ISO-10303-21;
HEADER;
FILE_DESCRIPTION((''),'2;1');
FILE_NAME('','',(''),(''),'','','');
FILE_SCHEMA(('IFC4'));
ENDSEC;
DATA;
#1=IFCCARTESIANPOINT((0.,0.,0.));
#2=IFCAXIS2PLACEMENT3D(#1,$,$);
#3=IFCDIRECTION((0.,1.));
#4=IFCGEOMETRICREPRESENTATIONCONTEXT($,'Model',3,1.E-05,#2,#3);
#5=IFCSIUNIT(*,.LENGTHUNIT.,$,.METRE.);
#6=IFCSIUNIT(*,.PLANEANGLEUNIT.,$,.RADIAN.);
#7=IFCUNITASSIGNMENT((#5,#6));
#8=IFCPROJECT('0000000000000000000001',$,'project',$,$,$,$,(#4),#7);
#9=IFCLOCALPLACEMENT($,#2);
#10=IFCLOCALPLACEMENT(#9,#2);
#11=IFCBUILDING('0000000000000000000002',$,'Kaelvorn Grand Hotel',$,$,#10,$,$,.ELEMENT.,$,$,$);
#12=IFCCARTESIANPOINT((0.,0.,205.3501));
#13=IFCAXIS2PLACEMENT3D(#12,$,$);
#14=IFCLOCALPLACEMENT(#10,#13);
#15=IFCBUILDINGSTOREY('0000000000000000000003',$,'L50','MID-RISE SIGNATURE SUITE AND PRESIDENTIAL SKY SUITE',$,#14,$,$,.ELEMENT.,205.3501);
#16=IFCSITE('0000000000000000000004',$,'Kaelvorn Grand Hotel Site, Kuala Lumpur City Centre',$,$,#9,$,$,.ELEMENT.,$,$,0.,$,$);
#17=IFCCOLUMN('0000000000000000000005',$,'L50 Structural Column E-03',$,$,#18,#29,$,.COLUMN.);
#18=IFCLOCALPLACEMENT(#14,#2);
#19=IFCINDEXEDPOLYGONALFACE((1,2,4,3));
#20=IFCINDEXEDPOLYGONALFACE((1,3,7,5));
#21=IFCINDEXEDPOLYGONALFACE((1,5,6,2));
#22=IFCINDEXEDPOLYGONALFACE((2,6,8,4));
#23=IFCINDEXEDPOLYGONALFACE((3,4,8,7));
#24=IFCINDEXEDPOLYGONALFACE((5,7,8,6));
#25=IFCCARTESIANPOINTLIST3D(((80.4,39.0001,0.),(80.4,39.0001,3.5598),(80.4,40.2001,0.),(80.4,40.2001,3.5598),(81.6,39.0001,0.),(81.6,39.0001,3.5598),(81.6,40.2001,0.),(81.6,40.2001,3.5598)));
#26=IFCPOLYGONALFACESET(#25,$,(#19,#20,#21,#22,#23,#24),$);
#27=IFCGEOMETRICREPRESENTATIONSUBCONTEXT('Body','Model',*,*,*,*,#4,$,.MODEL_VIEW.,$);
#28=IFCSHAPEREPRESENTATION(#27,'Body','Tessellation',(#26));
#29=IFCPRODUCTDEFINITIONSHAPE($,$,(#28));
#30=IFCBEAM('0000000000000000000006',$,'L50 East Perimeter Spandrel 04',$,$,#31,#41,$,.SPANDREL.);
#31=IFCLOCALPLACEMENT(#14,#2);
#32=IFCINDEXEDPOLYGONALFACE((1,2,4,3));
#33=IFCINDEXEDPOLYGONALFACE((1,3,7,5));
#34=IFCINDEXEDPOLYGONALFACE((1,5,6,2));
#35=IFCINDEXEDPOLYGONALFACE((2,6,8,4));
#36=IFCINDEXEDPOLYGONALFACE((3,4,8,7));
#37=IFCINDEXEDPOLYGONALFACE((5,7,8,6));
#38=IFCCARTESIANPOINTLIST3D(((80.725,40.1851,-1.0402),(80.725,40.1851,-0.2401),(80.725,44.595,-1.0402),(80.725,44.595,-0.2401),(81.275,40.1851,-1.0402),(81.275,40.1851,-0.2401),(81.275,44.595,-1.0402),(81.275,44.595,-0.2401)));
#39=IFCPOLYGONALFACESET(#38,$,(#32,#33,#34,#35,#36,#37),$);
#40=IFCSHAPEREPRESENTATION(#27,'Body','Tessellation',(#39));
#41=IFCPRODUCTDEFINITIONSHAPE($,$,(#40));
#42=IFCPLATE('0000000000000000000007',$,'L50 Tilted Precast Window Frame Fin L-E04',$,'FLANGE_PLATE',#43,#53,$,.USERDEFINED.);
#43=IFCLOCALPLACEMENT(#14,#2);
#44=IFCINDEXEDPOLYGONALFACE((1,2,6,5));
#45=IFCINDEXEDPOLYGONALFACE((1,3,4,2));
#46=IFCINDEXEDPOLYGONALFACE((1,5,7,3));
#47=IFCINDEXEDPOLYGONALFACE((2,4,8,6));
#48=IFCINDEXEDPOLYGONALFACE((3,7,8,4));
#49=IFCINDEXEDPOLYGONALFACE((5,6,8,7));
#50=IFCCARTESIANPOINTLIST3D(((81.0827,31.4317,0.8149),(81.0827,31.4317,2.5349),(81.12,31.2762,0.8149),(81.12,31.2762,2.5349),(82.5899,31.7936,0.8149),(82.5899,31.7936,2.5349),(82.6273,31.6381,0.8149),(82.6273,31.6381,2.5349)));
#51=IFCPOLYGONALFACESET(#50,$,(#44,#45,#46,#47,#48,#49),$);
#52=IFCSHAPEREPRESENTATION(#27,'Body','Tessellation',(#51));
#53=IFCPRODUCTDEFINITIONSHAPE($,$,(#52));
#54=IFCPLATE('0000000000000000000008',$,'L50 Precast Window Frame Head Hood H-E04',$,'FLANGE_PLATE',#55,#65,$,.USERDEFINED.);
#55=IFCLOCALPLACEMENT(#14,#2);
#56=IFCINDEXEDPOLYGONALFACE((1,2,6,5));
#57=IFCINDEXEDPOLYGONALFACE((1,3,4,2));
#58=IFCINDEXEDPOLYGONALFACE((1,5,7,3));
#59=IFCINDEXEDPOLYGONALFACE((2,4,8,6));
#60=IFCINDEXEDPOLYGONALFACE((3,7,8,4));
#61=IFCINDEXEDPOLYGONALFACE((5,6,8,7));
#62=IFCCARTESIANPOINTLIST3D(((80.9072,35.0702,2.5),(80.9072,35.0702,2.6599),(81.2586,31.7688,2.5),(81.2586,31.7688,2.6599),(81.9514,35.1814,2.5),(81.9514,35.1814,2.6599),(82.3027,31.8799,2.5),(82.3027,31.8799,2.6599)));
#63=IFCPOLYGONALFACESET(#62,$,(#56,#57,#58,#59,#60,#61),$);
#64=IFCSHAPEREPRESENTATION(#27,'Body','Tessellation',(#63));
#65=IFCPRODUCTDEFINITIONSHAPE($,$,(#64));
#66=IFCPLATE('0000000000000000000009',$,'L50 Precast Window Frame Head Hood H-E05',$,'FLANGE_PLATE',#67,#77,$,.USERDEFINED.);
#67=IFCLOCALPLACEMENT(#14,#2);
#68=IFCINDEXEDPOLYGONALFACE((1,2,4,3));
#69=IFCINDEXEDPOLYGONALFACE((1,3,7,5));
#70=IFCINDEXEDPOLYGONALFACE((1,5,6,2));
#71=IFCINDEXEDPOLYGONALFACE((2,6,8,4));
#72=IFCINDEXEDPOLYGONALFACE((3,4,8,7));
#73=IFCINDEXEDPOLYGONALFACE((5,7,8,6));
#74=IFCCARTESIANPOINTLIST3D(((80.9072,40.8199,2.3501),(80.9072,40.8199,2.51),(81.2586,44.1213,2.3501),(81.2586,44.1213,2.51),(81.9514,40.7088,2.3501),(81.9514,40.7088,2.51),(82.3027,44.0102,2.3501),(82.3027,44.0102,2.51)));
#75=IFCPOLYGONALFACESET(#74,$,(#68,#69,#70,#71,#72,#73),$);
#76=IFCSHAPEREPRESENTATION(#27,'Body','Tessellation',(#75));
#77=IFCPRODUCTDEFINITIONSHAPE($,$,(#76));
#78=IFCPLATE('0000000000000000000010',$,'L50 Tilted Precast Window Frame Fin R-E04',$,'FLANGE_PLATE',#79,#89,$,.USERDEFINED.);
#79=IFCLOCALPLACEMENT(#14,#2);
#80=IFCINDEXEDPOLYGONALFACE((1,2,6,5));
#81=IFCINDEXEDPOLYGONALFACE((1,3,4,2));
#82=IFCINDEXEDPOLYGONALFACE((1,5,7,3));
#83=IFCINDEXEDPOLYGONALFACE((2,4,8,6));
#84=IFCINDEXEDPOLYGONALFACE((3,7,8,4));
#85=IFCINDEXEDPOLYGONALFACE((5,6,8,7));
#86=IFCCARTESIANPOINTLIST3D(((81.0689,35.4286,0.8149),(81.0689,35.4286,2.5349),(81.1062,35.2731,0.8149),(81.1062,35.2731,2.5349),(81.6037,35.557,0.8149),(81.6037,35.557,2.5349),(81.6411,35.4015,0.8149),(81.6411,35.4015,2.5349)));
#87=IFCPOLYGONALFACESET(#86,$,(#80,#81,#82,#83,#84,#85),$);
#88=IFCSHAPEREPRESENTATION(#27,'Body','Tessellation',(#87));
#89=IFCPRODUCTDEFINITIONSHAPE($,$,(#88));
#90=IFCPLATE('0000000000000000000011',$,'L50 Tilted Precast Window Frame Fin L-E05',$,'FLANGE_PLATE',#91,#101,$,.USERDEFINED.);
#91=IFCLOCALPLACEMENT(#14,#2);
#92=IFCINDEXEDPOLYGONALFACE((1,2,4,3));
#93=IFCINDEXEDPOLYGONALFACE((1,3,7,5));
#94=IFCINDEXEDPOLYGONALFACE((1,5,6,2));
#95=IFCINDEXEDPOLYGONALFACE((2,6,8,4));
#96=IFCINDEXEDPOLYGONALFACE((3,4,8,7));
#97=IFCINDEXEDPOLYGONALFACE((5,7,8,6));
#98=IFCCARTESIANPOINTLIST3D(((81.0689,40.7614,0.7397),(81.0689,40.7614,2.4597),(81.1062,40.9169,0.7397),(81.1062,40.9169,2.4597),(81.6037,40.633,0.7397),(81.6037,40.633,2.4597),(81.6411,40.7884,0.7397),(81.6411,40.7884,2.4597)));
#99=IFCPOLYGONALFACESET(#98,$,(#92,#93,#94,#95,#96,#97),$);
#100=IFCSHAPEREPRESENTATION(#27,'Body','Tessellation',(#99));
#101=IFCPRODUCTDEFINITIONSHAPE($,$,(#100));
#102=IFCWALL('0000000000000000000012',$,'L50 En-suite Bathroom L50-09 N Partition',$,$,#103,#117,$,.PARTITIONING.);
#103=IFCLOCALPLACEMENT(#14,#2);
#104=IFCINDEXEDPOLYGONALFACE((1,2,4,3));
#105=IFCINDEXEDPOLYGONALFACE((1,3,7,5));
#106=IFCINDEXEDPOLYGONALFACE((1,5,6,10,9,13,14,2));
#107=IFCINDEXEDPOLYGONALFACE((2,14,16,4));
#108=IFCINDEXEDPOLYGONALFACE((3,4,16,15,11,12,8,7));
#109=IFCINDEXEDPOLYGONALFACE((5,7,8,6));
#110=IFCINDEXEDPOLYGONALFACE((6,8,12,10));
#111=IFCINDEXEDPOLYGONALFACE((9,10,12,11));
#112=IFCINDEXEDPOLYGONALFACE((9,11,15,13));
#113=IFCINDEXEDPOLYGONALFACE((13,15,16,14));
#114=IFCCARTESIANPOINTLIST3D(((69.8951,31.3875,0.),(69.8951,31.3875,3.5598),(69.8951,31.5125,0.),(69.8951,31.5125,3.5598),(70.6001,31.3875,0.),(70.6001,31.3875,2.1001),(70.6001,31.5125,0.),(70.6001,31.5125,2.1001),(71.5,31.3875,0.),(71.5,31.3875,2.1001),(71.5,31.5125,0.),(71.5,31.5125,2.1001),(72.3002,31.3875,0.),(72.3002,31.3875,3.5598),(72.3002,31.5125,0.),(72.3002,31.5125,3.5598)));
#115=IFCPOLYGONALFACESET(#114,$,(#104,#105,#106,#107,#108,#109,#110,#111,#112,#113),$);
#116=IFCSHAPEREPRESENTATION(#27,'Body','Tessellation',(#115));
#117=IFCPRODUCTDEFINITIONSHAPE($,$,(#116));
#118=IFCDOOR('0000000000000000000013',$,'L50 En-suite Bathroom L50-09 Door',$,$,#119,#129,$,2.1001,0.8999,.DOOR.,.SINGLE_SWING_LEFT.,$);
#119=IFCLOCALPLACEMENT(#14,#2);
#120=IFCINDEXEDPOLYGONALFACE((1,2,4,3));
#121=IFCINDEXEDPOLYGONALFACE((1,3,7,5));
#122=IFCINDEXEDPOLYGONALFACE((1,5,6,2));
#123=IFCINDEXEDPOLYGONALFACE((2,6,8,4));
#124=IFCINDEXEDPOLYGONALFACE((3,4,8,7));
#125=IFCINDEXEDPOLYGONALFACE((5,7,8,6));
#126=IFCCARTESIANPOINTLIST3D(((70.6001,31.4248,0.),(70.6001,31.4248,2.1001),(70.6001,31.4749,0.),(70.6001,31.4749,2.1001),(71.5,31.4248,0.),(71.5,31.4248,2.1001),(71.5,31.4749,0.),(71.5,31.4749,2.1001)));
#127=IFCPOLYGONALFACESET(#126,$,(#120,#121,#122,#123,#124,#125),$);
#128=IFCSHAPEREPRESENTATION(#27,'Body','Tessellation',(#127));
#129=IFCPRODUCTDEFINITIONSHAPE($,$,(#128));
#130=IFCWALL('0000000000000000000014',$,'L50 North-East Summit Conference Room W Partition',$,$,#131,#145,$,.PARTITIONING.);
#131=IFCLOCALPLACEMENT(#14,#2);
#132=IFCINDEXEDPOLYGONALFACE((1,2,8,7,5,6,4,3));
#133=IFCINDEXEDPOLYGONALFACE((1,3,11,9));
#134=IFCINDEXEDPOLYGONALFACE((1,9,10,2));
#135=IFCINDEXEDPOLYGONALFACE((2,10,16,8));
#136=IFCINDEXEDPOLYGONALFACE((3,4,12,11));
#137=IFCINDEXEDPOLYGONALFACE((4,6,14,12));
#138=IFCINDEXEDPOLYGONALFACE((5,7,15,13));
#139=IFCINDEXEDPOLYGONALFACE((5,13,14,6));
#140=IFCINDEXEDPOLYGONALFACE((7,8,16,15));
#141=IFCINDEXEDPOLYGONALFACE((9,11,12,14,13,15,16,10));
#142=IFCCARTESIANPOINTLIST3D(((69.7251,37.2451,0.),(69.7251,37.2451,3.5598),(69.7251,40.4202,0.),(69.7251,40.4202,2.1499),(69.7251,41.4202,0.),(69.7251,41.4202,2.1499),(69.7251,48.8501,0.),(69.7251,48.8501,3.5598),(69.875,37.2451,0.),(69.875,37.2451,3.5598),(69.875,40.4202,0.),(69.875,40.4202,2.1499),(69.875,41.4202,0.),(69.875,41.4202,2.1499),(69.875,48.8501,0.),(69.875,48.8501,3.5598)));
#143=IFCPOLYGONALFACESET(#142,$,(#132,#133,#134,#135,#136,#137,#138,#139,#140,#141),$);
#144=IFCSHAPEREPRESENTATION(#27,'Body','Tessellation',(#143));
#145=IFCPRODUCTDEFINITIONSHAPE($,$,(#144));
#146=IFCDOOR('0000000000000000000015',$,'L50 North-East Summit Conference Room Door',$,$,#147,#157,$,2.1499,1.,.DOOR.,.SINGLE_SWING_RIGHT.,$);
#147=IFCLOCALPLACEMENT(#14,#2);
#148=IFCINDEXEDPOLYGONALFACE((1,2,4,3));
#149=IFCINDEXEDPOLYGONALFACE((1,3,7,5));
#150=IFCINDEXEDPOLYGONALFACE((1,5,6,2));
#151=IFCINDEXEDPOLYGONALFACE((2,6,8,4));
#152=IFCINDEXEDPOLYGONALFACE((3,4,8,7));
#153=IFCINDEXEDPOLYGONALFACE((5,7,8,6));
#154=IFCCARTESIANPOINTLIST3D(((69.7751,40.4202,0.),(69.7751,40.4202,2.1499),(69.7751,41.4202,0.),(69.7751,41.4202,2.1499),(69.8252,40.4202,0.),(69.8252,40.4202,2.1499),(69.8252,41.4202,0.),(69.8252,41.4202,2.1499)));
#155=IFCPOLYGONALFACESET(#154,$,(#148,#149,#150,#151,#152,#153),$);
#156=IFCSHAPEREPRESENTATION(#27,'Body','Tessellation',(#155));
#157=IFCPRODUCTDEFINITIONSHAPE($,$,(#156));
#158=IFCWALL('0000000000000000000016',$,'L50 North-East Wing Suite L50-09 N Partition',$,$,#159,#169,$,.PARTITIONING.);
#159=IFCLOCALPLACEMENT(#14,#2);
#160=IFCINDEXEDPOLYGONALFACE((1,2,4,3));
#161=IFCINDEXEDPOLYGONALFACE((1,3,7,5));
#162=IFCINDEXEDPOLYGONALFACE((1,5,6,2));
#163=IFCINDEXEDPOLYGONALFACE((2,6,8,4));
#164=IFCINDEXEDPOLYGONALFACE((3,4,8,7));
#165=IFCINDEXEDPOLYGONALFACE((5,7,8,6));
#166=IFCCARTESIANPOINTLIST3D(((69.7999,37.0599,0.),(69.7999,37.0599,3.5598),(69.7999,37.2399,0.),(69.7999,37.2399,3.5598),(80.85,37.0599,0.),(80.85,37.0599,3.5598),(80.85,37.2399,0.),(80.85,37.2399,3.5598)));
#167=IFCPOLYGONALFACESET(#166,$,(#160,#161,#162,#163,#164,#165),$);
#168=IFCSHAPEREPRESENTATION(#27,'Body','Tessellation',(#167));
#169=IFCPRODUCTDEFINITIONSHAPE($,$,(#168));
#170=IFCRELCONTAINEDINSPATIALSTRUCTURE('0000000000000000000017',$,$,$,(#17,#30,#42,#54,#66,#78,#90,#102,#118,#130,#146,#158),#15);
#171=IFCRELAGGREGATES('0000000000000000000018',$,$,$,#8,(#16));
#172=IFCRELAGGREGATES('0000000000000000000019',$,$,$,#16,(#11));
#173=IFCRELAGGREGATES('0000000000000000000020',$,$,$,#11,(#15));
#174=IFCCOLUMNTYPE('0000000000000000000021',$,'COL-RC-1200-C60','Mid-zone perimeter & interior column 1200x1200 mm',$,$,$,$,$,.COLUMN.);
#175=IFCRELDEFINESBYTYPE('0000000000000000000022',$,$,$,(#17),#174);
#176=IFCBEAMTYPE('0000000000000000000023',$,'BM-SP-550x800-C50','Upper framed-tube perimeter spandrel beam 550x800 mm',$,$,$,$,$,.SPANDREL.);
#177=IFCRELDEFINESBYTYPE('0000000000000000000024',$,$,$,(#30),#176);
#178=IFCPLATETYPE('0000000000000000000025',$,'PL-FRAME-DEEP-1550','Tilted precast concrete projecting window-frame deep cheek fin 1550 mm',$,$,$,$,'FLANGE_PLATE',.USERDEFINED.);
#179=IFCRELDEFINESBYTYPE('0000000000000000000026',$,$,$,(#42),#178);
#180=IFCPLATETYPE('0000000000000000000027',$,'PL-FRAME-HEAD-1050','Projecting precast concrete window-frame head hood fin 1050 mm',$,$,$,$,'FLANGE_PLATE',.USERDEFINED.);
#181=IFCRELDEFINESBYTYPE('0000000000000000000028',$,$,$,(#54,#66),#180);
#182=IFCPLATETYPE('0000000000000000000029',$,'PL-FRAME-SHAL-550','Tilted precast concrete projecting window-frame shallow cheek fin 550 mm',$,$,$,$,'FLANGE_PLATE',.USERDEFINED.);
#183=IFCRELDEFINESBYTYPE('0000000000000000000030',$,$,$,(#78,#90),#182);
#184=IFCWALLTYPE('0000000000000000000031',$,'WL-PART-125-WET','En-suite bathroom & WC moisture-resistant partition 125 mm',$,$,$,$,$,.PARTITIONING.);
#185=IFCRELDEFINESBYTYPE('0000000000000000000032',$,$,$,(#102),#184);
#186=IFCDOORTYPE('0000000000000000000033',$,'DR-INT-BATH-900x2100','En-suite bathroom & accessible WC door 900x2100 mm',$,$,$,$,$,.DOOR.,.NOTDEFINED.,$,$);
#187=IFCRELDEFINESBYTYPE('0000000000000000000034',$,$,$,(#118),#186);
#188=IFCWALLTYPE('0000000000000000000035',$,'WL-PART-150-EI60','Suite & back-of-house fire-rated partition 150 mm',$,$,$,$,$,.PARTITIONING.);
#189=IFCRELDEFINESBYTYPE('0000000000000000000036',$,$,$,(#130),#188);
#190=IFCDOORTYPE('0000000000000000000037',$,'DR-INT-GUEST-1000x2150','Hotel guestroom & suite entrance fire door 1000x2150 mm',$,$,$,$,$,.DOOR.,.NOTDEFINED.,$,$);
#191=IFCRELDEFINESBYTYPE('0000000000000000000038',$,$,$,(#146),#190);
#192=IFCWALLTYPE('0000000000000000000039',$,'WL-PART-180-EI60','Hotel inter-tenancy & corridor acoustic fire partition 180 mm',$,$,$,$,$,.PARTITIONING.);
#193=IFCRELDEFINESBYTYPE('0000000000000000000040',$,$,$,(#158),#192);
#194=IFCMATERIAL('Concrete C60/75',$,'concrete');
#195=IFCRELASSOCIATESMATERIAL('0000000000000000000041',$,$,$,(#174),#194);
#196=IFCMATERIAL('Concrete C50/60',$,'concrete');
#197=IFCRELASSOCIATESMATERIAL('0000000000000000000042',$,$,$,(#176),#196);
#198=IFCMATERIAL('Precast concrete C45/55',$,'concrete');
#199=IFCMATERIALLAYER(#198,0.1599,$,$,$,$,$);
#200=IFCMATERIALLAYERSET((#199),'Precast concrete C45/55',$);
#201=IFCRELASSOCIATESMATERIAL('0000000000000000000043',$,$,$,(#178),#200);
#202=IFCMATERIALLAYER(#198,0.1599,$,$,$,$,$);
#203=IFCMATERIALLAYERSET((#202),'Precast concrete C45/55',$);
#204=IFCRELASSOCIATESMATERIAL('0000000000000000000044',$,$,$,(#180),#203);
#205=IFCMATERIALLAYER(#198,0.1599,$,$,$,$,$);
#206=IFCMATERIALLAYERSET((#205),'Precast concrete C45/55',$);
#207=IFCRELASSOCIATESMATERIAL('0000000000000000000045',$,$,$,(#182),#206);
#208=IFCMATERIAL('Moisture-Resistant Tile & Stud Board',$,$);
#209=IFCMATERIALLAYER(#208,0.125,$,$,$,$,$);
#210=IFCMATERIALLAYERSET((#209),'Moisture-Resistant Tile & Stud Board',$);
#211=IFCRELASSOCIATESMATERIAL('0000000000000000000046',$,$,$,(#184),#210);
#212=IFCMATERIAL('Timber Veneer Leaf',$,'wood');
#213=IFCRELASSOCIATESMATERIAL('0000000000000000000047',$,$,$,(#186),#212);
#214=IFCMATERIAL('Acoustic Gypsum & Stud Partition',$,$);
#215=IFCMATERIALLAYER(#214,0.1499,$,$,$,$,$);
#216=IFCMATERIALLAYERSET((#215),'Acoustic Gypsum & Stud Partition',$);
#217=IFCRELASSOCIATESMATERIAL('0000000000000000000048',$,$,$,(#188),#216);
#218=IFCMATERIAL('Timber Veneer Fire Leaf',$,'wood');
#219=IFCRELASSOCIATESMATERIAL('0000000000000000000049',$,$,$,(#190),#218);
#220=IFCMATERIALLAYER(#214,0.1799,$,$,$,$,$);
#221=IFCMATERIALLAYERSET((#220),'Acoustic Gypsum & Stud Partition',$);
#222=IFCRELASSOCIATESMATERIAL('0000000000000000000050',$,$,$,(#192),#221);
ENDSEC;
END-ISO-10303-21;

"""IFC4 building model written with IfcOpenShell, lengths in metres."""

from ifc_helpers import new_model, si_unit, direction, frame, frame_2d, origin, origin_2d, place, context, subcontext, project, spatial, rectangle, extrude, material, layer, layer_set, material_profile, profile_set, type_object, element, fill, save


model = new_model("IFC4")

# Units and contexts
model_context = context("Model", 3, precision=1e-05, world=origin(), true_north=direction((0.0, 1.0)))
body_context = subcontext(model_context, "Body", "Model", "MODEL_VIEW")
ifc_project = project(units=[si_unit("LENGTHUNIT", "METRE"), si_unit("PLANEANGLEUNIT", "RADIAN")], contexts=[model_context])

# Site, building, storey
site_placement = place(None, origin())
site = spatial("IfcSite", under=ifc_project, at=site_placement, Name="Kaelvorn Grand Hotel Site, Kuala Lumpur City Centre", CompositionType="ELEMENT", RefElevation=0.0)
building_placement = place(site_placement, origin())
building = spatial("IfcBuilding", under=site, at=building_placement, Name="Kaelvorn Grand Hotel", CompositionType="ELEMENT")
storey_placement = place(building_placement, frame((0.0, 0.0, 205.3501)))
storey = spatial("IfcBuildingStorey", under=building, at=storey_placement, Name="L50", Description="MID-RISE SIGNATURE SUITE AND PRESIDENTIAL SKY SUITE", CompositionType="ELEMENT", Elevation=205.3501)

# Column
ifc_material_1 = material(Name="Concrete C60/75", Category="concrete")
ifc_material_profile_1 = material_profile(ifc_material_1, rectangle(XDim=1.2, YDim=1.2, at=origin_2d()), Name="RC COL 1200x1200")
ifc_profile_set_1 = profile_set([ifc_material_profile_1], Name="Concrete C60/75")
column_type = type_object("IfcColumnType", Name="COL-RC-1200-C60", Description="Mid-zone perimeter & interior column 1200x1200 mm", PredefinedType="COLUMN", material=ifc_profile_set_1)
column_placement = place(storey_placement, frame((81.0, 39.6001, 0.0), z_axis=(0.0, 0.0, 1.0), x_axis=(1.0, 0.0, 0.0)))
element("IfcColumn", 1, at=column_placement, inside=storey, type_object=column_type, Name="L50 Structural Column E-03", PredefinedType="COLUMN", context=body_context, shape_type="SweptSolid", body=[
    extrude(rectangle(XDim=1.2, YDim=1.2, at=origin_2d()), origin(), (0.0, 0.0, 1.0), 3.5598),
])

# Beam
ifc_material_2 = material(Name="Concrete C50/60", Category="concrete")
ifc_material_profile_2 = material_profile(ifc_material_2, rectangle(XDim=0.55, YDim=0.8, at=origin_2d()), Name="RC SPANDREL 550x800")
ifc_profile_set_2 = profile_set([ifc_material_profile_2], Name="Concrete C50/60")
beam_type = type_object("IfcBeamType", Name="BM-SP-550x800-C50", Description="Upper framed-tube perimeter spandrel beam 550x800 mm", PredefinedType="SPANDREL", material=ifc_profile_set_2)
beam_placement = place(storey_placement, frame((81.0, 40.1851, -0.6401), z_axis=(0.0, 1.0, 0.0), x_axis=(-1.0, 0.0, 0.0)))
element("IfcBeam", 2, at=beam_placement, inside=storey, type_object=beam_type, Name="L50 East Perimeter Spandrel 04", PredefinedType="SPANDREL", context=body_context, shape_type="SweptSolid", body=[
    extrude(rectangle(XDim=0.55, YDim=0.8, at=origin_2d()), origin(), (0.0, 0.0, 1.0), 4.4099),
])

# Plates
ifc_material_3 = material(Name="Precast concrete C45/55", Category="concrete")
ifc_layer_1 = layer(ifc_material_3, 0.1599)
ifc_layer_set_1 = layer_set([ifc_layer_1], Name="Precast concrete C45/55")
plate_type_1 = type_object("IfcPlateType", Name="PL-FRAME-DEEP-1550", Description="Tilted precast concrete projecting window-frame deep cheek fin 1550 mm", ElementType="FLANGE_PLATE", PredefinedType="USERDEFINED", material=ifc_layer_set_1)
plate_placement = place(storey_placement, frame((81.855, 31.5349, 0.8149), z_axis=(0.0, 0.0, 1.0), x_axis=(-0.233445, 0.97237, 0.0)))
element("IfcPlate", 3, at=plate_placement, inside=storey, type_object=plate_type_1, Name="L50 Tilted Precast Window Frame Fin L-E04", ObjectType="FLANGE_PLATE", PredefinedType="USERDEFINED", context=body_context, shape_type="SweptSolid", body=[
    extrude(rectangle(XDim=0.1599, YDim=1.55, at=origin_2d()), origin(), (0.0, 0.0, 1.0), 1.72),
])
ifc_layer_2 = layer(ifc_material_3, 0.1599)
ifc_layer_set_2 = layer_set([ifc_layer_2], Name="Precast concrete C45/55")
plate_type_2 = type_object("IfcPlateType", Name="PL-FRAME-HEAD-1050", Description="Projecting precast concrete window-frame head hood fin 1050 mm", ElementType="FLANGE_PLATE", PredefinedType="USERDEFINED", material=ifc_layer_set_2)
for number, where, z_axis, x_axis, name in (
    (4, (81.605, 33.4751, 2.5), (0.0, 0.0, 1.0), (-0.10583, 0.994384, 0.0), "L50 Precast Window Frame Head Hood H-E04"),
    (5, (81.605, 42.415, 2.3501), (0.0, 0.0, 1.0), (0.10583, 0.994384, 0.0), "L50 Precast Window Frame Head Hood H-E05"),
):
    element("IfcPlate", number, at=place(storey_placement, frame(where, z_axis=z_axis, x_axis=x_axis)), inside=storey, type_object=plate_type_2, Name=name, ObjectType="FLANGE_PLATE", PredefinedType="USERDEFINED", context=body_context, shape_type="SweptSolid", body=[
        extrude(rectangle(XDim=3.3201, YDim=1.05, at=origin_2d()), origin(), (0.0, 0.0, 1.0), 0.1599),
    ])
ifc_layer_3 = layer(ifc_material_3, 0.1599)
ifc_layer_set_3 = layer_set([ifc_layer_3], Name="Precast concrete C45/55")
plate_type_3 = type_object("IfcPlateType", Name="PL-FRAME-SHAL-550", Description="Tilted precast concrete projecting window-frame shallow cheek fin 550 mm", ElementType="FLANGE_PLATE", PredefinedType="USERDEFINED", material=ifc_layer_set_3)
for number, where, z_axis, x_axis, name in (
    (6, (81.355, 35.415, 0.8149), (0.0, 0.0, 1.0), (-0.233445, 0.97237, 0.0), "L50 Tilted Precast Window Frame Fin R-E04"),
    (7, (81.355, 40.7749, 0.7397), (0.0, 0.0, 1.0), (0.233445, 0.97237, 0.0), "L50 Tilted Precast Window Frame Fin L-E05"),
):
    element("IfcPlate", number, at=place(storey_placement, frame(where, z_axis=z_axis, x_axis=x_axis)), inside=storey, type_object=plate_type_3, Name=name, ObjectType="FLANGE_PLATE", PredefinedType="USERDEFINED", context=body_context, shape_type="SweptSolid", body=[
        extrude(rectangle(XDim=0.1599, YDim=0.55, at=origin_2d()), origin(), (0.0, 0.0, 1.0), 1.72),
    ])

# Walls, openings, doors
ifc_material_4 = material(Name="Moisture-Resistant Tile & Stud Board")
ifc_layer_4 = layer(ifc_material_4, 0.125)
ifc_layer_set_4 = layer_set([ifc_layer_4], Name="Moisture-Resistant Tile & Stud Board")
wall_type_1 = type_object("IfcWallType", Name="WL-PART-125-WET", Description="En-suite bathroom & WC moisture-resistant partition 125 mm", PredefinedType="PARTITIONING", material=ifc_layer_set_4)
wall_1_placement = place(storey_placement, frame((69.895, 31.45, 0.0), z_axis=(0.0, 0.0, 1.0), x_axis=(1.0, 0.0, 0.0)))
wall_1 = element("IfcWall", 8, at=wall_1_placement, inside=storey, type_object=wall_type_1, Name="L50 En-suite Bathroom L50-09 N Partition", PredefinedType="PARTITIONING", context=body_context, shape_type="SweptSolid", body=[
    extrude(rectangle(XDim=2.405, YDim=0.125, at=frame_2d((1.2026, 0.0))), origin(), (0.0, 0.0, 1.0), 3.5598),
])
opening_1_placement = place(wall_1_placement, frame((0.7051, 0.0, 0.0)))
opening_1 = element("IfcOpeningElement", 9, at=opening_1_placement, cuts=wall_1, PredefinedType="OPENING", context=body_context, shape_type="SweptSolid", body=[
    extrude(rectangle(XDim=0.8999, YDim=2.1001, at=frame_2d((0.45, 1.05))), frame((0.0, 0.0725, 0.0), z_axis=(0.0, -1.0, 0.0), x_axis=(1.0, 0.0, 0.0)), (0.0, 0.0, 1.0), 0.145),
])
ifc_material_5 = material(Name="Timber Veneer Leaf", Category="wood")
door_type_1 = type_object("IfcDoorType", Name="DR-INT-BATH-900x2100", Description="En-suite bathroom & accessible WC door 900x2100 mm", OperationType="NOTDEFINED", PredefinedType="DOOR", material=ifc_material_5)
door_1_placement = place(opening_1_placement, origin())
door_1 = element("IfcDoor", 10, at=door_1_placement, inside=storey, type_object=door_type_1, Name="L50 En-suite Bathroom L50-09 Door", OperationType="SINGLE_SWING_LEFT", OverallHeight=2.1001, OverallWidth=0.8999, PredefinedType="DOOR", context=body_context, shape_type="SweptSolid", body=[
    extrude(rectangle(XDim=0.8999, YDim=2.1001, at=frame_2d((0.45, 1.05))), frame((0.0, 0.0249, 0.0), z_axis=(0.0, -1.0, 0.0), x_axis=(1.0, 0.0, 0.0)), (0.0, 0.0, 1.0), 0.05),
])
fill(opening_1, door_1)
ifc_material_6 = material(Name="Acoustic Gypsum & Stud Partition")
ifc_layer_5 = layer(ifc_material_6, 0.1499)
ifc_layer_set_5 = layer_set([ifc_layer_5], Name="Acoustic Gypsum & Stud Partition")
wall_type_2 = type_object("IfcWallType", Name="WL-PART-150-EI60", Description="Suite & back-of-house fire-rated partition 150 mm", PredefinedType="PARTITIONING", material=ifc_layer_set_5)
wall_2_placement = place(storey_placement, frame((69.8, 37.2451, 0.0), z_axis=(0.0, 0.0, 1.0), x_axis=(0.0, 1.0, 0.0)))
wall_2 = element("IfcWall", 11, at=wall_2_placement, inside=storey, type_object=wall_type_2, Name="L50 North-East Summit Conference Room W Partition", PredefinedType="PARTITIONING", context=body_context, shape_type="SweptSolid", body=[
    extrude(rectangle(XDim=11.605, YDim=0.1499, at=frame_2d((5.8025, 0.0))), origin(), (0.0, 0.0, 1.0), 3.5598),
])
opening_2_placement = place(wall_2_placement, frame((3.175, 0.0, 0.0)))
opening_2 = element("IfcOpeningElement", 12, at=opening_2_placement, cuts=wall_2, PredefinedType="OPENING", context=body_context, shape_type="SweptSolid", body=[
    extrude(rectangle(XDim=1.0, YDim=2.1499, at=frame_2d((0.5, 1.075))), frame((0.0, 0.085, 0.0), z_axis=(0.0, -1.0, 0.0), x_axis=(1.0, 0.0, 0.0)), (0.0, 0.0, 1.0), 0.1699),
])
ifc_material_7 = material(Name="Timber Veneer Fire Leaf", Category="wood")
door_type_2 = type_object("IfcDoorType", Name="DR-INT-GUEST-1000x2150", Description="Hotel guestroom & suite entrance fire door 1000x2150 mm", OperationType="NOTDEFINED", PredefinedType="DOOR", material=ifc_material_7)
door_2_placement = place(opening_2_placement, origin())
door_2 = element("IfcDoor", 13, at=door_2_placement, inside=storey, type_object=door_type_2, Name="L50 North-East Summit Conference Room Door", OperationType="SINGLE_SWING_RIGHT", OverallHeight=2.1499, OverallWidth=1.0, PredefinedType="DOOR", context=body_context, shape_type="SweptSolid", body=[
    extrude(rectangle(XDim=1.0, YDim=2.1499, at=frame_2d((0.5, 1.075))), frame((0.0, 0.0249, 0.0), z_axis=(0.0, -1.0, 0.0), x_axis=(1.0, 0.0, 0.0)), (0.0, 0.0, 1.0), 0.05),
])
fill(opening_2, door_2)

# Wall
ifc_layer_6 = layer(ifc_material_6, 0.1799)
ifc_layer_set_6 = layer_set([ifc_layer_6], Name="Acoustic Gypsum & Stud Partition")
wall_type_3 = type_object("IfcWallType", Name="WL-PART-180-EI60", Description="Hotel inter-tenancy & corridor acoustic fire partition 180 mm", PredefinedType="PARTITIONING", material=ifc_layer_set_6)
wall_3_placement = place(storey_placement, frame((69.8, 37.1499, 0.0), z_axis=(0.0, 0.0, 1.0), x_axis=(1.0, 0.0, 0.0)))
element("IfcWall", 14, at=wall_3_placement, inside=storey, type_object=wall_type_3, Name="L50 North-East Wing Suite L50-09 N Partition", PredefinedType="PARTITIONING", context=body_context, shape_type="SweptSolid", body=[
    extrude(rectangle(XDim=11.05, YDim=0.1799, at=frame_2d((5.5249, 0.0))), origin(), (0.0, 0.0, 1.0), 3.5598),
])

save(model, "model.ifc")
